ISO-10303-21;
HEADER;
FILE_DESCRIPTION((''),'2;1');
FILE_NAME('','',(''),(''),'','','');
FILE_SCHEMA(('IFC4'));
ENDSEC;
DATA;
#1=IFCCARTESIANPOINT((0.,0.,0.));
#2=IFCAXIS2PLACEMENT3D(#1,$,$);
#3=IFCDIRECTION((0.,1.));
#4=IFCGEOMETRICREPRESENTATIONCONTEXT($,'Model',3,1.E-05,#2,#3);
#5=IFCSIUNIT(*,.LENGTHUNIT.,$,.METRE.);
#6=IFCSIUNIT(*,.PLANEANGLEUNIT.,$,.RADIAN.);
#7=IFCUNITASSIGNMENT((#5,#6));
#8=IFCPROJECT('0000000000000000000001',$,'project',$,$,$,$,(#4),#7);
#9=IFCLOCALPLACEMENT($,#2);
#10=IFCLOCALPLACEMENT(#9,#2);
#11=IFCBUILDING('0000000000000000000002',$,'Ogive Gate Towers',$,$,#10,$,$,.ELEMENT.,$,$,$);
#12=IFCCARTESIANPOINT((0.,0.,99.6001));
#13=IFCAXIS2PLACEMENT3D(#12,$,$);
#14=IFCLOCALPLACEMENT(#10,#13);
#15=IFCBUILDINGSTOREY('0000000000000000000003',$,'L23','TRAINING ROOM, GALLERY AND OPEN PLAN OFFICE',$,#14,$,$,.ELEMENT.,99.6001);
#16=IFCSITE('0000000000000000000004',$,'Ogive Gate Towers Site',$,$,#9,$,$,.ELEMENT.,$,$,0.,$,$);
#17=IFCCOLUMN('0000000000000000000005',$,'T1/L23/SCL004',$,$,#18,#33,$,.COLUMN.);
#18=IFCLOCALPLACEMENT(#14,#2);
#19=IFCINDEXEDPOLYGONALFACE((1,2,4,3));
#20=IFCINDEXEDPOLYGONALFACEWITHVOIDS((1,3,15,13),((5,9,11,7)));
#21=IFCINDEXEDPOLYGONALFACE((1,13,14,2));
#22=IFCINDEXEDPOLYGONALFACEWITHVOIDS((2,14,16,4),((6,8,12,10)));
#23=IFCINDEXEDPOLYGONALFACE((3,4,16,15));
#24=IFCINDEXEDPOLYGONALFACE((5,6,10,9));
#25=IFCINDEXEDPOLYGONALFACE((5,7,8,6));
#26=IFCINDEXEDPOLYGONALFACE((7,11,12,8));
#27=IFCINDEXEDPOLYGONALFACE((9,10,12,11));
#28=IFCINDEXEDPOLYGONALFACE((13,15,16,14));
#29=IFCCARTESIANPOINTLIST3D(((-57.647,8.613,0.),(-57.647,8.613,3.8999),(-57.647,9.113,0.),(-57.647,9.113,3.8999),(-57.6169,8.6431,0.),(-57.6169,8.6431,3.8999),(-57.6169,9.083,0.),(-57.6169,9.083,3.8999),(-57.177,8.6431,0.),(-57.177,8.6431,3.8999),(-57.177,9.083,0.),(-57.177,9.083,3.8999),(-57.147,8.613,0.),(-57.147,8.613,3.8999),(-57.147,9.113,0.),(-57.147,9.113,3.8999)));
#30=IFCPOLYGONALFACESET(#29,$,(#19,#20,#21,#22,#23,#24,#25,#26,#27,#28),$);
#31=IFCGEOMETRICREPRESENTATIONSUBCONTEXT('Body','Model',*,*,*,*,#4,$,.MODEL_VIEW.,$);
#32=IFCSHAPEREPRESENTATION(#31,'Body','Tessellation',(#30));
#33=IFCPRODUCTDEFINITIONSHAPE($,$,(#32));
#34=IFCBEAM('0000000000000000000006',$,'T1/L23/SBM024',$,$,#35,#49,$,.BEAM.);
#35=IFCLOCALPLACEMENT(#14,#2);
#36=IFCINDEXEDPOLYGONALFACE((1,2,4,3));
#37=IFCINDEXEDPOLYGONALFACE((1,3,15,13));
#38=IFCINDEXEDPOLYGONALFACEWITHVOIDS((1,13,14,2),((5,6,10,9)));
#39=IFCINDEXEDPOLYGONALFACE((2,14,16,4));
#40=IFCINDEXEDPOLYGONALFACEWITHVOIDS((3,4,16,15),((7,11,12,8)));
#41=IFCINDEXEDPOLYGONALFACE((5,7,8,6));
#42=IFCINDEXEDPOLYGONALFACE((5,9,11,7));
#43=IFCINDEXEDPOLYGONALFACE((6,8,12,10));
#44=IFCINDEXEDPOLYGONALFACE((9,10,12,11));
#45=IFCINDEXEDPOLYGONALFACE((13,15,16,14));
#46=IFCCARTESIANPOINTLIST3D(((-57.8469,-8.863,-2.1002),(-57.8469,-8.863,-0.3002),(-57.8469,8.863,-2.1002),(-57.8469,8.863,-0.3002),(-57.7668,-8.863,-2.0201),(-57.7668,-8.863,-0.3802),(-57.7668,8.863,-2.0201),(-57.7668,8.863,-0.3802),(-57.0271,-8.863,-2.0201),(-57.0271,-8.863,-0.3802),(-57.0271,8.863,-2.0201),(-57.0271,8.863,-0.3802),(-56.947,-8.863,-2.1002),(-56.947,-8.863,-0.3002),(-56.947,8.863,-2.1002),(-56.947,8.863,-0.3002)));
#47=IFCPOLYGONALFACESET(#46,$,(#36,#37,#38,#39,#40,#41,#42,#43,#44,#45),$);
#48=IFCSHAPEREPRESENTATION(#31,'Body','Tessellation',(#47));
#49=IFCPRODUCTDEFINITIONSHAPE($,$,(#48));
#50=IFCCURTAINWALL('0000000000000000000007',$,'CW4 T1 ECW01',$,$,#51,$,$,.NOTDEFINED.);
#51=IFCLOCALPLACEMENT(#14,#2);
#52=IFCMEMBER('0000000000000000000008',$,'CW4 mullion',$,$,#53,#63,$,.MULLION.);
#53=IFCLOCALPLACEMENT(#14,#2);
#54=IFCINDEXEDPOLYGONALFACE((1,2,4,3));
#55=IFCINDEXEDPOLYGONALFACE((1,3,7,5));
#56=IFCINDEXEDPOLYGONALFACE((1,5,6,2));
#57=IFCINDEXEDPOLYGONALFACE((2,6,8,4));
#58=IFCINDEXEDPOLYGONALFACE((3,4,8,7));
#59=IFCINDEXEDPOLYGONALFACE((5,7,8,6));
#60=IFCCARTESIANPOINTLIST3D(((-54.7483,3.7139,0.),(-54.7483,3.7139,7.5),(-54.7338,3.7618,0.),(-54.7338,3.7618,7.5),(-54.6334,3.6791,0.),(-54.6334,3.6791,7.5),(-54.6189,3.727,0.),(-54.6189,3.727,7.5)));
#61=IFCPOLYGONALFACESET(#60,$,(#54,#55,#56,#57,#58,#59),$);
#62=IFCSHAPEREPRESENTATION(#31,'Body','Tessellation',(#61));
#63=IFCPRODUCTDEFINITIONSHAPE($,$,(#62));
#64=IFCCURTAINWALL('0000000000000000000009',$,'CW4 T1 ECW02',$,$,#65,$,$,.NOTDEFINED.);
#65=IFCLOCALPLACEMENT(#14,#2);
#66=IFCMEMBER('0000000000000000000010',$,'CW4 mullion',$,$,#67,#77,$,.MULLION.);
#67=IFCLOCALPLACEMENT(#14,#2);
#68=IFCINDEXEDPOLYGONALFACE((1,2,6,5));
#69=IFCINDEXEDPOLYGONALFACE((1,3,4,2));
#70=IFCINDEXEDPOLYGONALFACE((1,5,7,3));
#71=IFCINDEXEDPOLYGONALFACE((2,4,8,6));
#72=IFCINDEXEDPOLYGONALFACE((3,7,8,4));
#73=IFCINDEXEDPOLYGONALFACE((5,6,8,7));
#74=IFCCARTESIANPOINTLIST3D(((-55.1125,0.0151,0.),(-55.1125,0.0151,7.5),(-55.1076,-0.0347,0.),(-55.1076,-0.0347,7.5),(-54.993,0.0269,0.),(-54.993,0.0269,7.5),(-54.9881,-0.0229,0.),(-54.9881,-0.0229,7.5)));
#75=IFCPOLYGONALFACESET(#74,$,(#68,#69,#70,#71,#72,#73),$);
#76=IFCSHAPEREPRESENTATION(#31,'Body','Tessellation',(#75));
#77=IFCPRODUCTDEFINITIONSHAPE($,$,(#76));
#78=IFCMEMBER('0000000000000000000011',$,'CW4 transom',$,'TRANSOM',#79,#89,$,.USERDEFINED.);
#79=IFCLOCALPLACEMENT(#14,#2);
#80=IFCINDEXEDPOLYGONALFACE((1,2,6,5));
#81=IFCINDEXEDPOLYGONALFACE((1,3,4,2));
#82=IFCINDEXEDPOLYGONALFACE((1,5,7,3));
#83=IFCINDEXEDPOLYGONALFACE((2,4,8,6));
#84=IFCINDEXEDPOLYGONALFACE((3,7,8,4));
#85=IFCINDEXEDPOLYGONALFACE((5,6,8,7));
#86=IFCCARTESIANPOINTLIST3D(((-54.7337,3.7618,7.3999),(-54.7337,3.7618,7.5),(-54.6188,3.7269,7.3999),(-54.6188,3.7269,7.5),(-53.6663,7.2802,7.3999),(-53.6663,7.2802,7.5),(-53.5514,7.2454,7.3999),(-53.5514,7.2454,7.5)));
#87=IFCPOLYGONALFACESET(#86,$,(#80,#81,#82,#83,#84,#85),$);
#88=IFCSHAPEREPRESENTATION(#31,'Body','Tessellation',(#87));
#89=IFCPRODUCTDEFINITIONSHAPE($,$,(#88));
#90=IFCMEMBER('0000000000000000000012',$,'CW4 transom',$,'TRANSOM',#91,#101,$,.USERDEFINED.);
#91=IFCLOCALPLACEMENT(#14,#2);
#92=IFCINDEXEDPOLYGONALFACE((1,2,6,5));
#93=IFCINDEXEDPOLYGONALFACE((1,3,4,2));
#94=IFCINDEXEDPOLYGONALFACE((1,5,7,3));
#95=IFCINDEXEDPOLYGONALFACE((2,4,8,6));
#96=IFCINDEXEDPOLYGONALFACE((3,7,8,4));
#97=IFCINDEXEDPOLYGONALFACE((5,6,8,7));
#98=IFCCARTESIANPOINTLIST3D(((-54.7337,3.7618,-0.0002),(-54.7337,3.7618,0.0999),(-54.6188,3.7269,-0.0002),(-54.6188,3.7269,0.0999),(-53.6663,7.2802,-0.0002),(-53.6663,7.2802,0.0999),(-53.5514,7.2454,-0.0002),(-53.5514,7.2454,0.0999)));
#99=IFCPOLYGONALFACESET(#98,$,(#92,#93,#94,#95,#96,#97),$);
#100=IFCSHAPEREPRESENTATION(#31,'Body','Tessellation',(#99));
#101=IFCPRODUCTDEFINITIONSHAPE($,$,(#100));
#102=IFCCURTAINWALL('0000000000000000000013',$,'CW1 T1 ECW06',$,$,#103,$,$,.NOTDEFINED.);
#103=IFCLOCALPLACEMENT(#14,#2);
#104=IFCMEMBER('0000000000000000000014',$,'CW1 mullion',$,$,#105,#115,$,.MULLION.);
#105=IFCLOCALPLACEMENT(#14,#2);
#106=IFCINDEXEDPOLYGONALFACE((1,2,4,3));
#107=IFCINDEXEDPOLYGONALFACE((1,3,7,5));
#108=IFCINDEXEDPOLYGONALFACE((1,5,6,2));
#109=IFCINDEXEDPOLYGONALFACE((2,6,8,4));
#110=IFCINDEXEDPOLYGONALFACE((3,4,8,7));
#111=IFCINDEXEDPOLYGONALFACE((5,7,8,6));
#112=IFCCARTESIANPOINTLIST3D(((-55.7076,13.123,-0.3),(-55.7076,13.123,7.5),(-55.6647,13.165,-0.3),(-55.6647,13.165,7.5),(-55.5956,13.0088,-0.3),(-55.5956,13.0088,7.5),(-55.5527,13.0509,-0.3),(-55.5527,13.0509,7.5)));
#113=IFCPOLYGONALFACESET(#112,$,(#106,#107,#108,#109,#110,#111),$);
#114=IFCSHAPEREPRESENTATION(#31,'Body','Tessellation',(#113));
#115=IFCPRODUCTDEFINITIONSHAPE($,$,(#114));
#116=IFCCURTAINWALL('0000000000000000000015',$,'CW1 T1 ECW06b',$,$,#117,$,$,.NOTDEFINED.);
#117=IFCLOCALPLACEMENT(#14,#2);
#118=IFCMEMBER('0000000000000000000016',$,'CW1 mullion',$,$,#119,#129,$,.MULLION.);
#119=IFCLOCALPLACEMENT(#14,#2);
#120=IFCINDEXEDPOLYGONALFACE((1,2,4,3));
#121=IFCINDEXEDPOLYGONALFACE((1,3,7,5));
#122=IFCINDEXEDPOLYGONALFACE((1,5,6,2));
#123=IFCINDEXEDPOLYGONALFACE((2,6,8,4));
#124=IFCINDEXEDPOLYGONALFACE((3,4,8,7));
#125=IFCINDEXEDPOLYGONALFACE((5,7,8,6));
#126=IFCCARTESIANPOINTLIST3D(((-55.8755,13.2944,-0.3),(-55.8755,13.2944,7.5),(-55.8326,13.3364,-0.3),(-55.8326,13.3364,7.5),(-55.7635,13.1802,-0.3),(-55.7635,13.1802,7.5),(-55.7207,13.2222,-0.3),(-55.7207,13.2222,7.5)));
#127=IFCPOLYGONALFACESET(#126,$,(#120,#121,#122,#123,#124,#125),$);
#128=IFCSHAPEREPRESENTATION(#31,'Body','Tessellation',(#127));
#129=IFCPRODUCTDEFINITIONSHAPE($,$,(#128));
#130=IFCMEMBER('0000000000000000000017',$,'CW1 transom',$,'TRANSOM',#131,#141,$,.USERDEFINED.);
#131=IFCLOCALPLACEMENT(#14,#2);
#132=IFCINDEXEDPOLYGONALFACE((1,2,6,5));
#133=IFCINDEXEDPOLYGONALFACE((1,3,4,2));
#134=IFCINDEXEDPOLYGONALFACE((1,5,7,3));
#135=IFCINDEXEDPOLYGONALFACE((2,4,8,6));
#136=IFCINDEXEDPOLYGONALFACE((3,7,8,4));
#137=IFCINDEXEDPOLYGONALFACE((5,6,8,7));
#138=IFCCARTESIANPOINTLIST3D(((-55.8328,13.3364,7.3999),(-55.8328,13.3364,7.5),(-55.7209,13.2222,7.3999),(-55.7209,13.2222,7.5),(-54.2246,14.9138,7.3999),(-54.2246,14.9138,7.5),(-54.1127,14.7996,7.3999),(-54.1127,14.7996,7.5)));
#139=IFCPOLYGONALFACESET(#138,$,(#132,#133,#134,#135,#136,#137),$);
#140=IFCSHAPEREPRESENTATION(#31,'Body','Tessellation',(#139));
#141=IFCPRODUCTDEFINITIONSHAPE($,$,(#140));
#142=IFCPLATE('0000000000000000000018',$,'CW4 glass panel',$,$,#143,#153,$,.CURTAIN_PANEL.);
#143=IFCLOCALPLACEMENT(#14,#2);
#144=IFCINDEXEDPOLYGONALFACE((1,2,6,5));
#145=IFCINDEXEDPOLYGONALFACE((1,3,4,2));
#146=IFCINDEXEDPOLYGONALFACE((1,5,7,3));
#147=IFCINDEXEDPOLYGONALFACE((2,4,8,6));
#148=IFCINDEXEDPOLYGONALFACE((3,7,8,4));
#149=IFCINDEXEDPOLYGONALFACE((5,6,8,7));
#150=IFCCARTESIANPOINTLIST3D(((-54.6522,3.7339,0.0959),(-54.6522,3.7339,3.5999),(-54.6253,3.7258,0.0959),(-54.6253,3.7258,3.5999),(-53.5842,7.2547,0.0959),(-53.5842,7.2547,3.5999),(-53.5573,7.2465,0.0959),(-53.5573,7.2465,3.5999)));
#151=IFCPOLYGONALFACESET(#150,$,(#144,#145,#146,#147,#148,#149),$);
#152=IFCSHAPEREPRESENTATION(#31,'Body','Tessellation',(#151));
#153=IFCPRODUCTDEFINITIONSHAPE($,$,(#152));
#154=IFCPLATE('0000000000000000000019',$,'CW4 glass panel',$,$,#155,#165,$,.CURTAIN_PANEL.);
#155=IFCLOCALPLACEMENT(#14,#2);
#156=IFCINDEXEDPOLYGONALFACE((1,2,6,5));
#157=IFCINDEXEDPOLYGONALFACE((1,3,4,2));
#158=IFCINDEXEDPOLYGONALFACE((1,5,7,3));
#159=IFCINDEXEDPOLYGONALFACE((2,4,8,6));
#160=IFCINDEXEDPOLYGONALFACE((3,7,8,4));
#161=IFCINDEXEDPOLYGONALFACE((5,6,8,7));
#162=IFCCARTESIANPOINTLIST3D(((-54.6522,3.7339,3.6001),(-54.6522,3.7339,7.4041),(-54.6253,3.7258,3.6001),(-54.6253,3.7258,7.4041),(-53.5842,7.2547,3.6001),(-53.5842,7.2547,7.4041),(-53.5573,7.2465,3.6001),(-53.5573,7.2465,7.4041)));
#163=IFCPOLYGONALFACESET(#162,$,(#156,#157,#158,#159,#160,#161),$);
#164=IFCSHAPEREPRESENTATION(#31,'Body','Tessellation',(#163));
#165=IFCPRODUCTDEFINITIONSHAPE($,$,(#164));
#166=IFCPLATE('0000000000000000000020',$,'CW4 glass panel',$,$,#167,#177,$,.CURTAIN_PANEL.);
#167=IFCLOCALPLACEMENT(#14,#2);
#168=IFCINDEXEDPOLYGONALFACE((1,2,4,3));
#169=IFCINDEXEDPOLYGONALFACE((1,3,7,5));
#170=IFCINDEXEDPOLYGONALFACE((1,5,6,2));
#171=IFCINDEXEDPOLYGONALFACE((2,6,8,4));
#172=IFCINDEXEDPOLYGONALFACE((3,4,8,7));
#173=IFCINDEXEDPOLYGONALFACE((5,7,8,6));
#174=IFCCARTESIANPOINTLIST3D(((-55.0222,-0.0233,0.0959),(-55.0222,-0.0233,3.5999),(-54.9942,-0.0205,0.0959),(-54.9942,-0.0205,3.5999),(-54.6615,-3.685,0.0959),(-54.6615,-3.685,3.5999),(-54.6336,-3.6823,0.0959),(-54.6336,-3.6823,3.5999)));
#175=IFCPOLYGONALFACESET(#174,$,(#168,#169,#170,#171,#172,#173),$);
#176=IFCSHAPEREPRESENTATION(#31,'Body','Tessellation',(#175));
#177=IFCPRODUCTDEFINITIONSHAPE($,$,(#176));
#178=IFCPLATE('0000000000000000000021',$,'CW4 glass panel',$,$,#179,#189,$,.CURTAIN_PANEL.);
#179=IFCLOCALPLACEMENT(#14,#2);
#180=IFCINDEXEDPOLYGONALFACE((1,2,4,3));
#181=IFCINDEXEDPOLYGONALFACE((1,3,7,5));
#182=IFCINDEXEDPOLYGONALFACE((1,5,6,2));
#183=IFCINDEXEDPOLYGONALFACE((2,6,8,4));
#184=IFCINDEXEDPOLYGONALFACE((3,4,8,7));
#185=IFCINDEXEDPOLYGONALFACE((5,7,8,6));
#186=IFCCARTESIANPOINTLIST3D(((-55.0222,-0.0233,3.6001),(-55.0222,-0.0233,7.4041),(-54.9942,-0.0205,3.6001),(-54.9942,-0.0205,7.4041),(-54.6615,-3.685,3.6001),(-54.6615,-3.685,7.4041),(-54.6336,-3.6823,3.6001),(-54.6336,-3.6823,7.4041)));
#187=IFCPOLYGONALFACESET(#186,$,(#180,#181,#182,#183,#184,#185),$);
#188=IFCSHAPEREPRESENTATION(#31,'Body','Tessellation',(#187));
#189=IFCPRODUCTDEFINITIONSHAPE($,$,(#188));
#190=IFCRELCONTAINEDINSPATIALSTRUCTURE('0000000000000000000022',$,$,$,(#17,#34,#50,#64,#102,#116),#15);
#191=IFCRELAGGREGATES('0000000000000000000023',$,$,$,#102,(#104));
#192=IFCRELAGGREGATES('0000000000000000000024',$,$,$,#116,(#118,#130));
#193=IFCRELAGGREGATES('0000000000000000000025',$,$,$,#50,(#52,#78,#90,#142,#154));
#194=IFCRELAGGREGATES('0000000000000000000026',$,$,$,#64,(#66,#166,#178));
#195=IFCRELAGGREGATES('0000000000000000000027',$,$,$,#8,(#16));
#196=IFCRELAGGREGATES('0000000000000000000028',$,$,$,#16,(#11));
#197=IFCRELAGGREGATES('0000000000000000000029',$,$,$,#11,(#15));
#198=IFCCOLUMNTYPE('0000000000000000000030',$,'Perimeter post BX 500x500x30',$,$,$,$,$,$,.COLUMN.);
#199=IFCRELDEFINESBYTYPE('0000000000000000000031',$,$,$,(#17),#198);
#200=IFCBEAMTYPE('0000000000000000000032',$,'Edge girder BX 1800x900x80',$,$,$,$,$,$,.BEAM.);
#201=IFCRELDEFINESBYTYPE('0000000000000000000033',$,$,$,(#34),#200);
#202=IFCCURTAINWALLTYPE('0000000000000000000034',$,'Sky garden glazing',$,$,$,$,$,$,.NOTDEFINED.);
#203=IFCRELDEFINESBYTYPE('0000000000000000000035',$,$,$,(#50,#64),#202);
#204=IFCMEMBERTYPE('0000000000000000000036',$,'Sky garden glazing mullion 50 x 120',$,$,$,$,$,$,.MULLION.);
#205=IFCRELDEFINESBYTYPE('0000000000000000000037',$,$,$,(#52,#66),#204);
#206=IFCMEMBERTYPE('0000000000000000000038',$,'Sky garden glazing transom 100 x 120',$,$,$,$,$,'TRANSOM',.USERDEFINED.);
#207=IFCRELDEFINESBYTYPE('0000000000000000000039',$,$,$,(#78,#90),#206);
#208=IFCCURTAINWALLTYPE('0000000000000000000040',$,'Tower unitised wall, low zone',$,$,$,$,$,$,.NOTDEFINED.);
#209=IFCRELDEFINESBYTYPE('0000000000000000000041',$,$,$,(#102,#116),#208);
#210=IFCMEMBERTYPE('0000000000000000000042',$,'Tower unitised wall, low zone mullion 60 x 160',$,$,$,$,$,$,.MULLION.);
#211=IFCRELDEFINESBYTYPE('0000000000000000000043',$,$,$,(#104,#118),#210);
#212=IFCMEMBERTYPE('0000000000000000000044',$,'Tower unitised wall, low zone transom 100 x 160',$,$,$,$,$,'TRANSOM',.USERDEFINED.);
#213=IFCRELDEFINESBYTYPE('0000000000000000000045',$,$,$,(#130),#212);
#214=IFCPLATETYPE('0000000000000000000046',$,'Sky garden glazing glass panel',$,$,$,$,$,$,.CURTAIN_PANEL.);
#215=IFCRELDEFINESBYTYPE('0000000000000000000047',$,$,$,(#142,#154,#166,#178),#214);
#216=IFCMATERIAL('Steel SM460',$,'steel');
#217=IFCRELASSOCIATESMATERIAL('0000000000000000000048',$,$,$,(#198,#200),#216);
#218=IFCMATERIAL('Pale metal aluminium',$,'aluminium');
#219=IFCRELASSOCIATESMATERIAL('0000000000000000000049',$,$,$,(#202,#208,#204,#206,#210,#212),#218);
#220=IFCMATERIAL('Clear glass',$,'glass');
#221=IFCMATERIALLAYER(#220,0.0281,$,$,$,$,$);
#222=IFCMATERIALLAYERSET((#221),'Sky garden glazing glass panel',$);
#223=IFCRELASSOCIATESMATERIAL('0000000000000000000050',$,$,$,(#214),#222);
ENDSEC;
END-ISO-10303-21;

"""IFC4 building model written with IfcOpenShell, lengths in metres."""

from ifc_helpers import new_model, si_unit, direction, frame, origin, origin_2d, place, context, subcontext, project, spatial, rectangle, hollow_rectangle, extrude, material, layer, layer_set, material_profile, profile_set, type_object, element, aggregate, save


model = new_model("IFC4")

# Units and contexts
model_context = context("Model", 3, precision=1e-05, world=origin(), true_north=direction((0.0, 1.0)))
body_context = subcontext(model_context, "Body", "Model", "MODEL_VIEW")
ifc_project = project(units=[si_unit("LENGTHUNIT", "METRE"), si_unit("PLANEANGLEUNIT", "RADIAN")], contexts=[model_context])

# Site, building, storey
site_placement = place(None, origin())
site = spatial("IfcSite", under=ifc_project, at=site_placement, Name="Ogive Gate Towers Site", CompositionType="ELEMENT", RefElevation=0.0)
building_placement = place(site_placement, origin())
building = spatial("IfcBuilding", under=site, at=building_placement, Name="Ogive Gate Towers", CompositionType="ELEMENT")
storey_placement = place(building_placement, frame((0.0, 0.0, 99.6001)))
storey = spatial("IfcBuildingStorey", under=building, at=storey_placement, Name="L23", Description="TRAINING ROOM, GALLERY AND OPEN PLAN OFFICE", CompositionType="ELEMENT", Elevation=99.6001)

# Column
ifc_material_1 = material(Name="Steel SM460", Category="steel")
ifc_material_profile_1 = material_profile(ifc_material_1, hollow_rectangle(XDim=0.5, YDim=0.5, WallThickness=0.03, at=origin_2d()), Name="BX 500x500x30")
ifc_profile_set_1 = profile_set([ifc_material_profile_1], Name="Steel SM460")
column_type = type_object("IfcColumnType", Name="Perimeter post BX 500x500x30", PredefinedType="COLUMN", material=ifc_profile_set_1)
column_placement = place(storey_placement, frame((-57.397, 8.863, 0.0), z_axis=(0.0, 0.0, 1.0), x_axis=(1.0, 0.0, 0.0)))
element("IfcColumn", 1, at=column_placement, inside=storey, type_object=column_type, Name="T1/L23/SCL004", PredefinedType="COLUMN", context=body_context, shape_type="SweptSolid", body=[
    extrude(hollow_rectangle(XDim=0.5, YDim=0.5, WallThickness=0.03, at=origin_2d()), origin(), (0.0, 0.0, 1.0), 3.8999),
])

# Beam
ifc_material_profile_2 = material_profile(ifc_material_1, hollow_rectangle(XDim=0.8999, YDim=1.8, WallThickness=0.0801, at=origin_2d()), Name="BX 1800x900x80")
ifc_profile_set_2 = profile_set([ifc_material_profile_2], Name="Steel SM460")
beam_type = type_object("IfcBeamType", Name="Edge girder BX 1800x900x80", PredefinedType="BEAM", material=ifc_profile_set_2)
beam_placement = place(storey_placement, frame((-57.397, 8.863, -1.2002), z_axis=(0.0, -1.0, 0.0), x_axis=(1.0, 0.0, 0.0)))
element("IfcBeam", 2, at=beam_placement, inside=storey, type_object=beam_type, Name="T1/L23/SBM024", PredefinedType="BEAM", context=body_context, shape_type="SweptSolid", body=[
    extrude(hollow_rectangle(XDim=0.8999, YDim=1.8, WallThickness=0.0801, at=origin_2d()), origin(), (0.0, 0.0, 1.0), 17.7261),
])

# Curtain walls, members
ifc_material_2 = material(Name="Pale metal aluminium", Category="aluminium")
curtain_wall_type_1 = type_object("IfcCurtainWallType", Name="Sky garden glazing", PredefinedType="NOTDEFINED", material=ifc_material_2)
curtain_wall_1_placement = place(storey_placement, origin())
curtain_wall_1 = element("IfcCurtainWall", 3, at=curtain_wall_1_placement, inside=storey, type_object=curtain_wall_type_1, Name="CW4 T1 ECW01", PredefinedType="NOTDEFINED")
ifc_material_profile_3 = material_profile(ifc_material_2, rectangle(XDim=0.1201, YDim=0.05, at=origin_2d()), Name="50 x 120 aluminium box")
ifc_profile_set_3 = profile_set([ifc_material_profile_3], Name="Pale metal aluminium")
member_type_1 = type_object("IfcMemberType", Name="Sky garden glazing mullion 50 x 120", PredefinedType="MULLION", material=ifc_profile_set_3)
member_1_placement = place(storey_placement, frame((-54.6836, 3.7205, 0.0), z_axis=(0.0, 0.0, 1.0), x_axis=(0.95694, -0.290285, 0.0)))
member_1 = element("IfcMember", 4, at=member_1_placement, type_object=member_type_1, Name="CW4 mullion", PredefinedType="MULLION", context=body_context, shape_type="SweptSolid", body=[
    extrude(rectangle(XDim=0.1201, YDim=0.05, at=origin_2d()), origin(), (0.0, 0.0, 1.0), 7.5),
])
curtain_wall_2_placement = place(storey_placement, origin())
curtain_wall_2 = element("IfcCurtainWall", 5, at=curtain_wall_2_placement, inside=storey, type_object=curtain_wall_type_1, Name="CW4 T1 ECW02", PredefinedType="NOTDEFINED")
member_2_placement = place(storey_placement, frame((-55.0503, -0.0039, 0.0), z_axis=(0.0, 0.0, 1.0), x_axis=(0.995185, 0.098017, 0.0)))
member_2 = element("IfcMember", 6, at=member_2_placement, type_object=member_type_1, Name="CW4 mullion", PredefinedType="MULLION", context=body_context, shape_type="SweptSolid", body=[
    extrude(rectangle(XDim=0.1201, YDim=0.05, at=origin_2d()), origin(), (0.0, 0.0, 1.0), 7.5),
])

# Members
ifc_material_profile_4 = material_profile(ifc_material_2, rectangle(XDim=0.1201, YDim=0.1001, at=origin_2d()), Name="100 x 120 aluminium box")
ifc_profile_set_4 = profile_set([ifc_material_profile_4], Name="Pale metal aluminium")
member_type_2 = type_object("IfcMemberType", Name="Sky garden glazing transom 100 x 120", ElementType="TRANSOM", PredefinedType="USERDEFINED", material=ifc_profile_set_4)
member_3_placement = place(storey_placement, frame((-54.6763, 3.7444, 7.45), z_axis=(0.290313, 0.956932, 0.0), x_axis=(-0.956932, 0.290313, 0.0)))
member_3 = element("IfcMember", 7, at=member_3_placement, type_object=member_type_2, Name="CW4 transom", ObjectType="TRANSOM", PredefinedType="USERDEFINED", context=body_context, shape_type="SweptSolid", body=[
    extrude(rectangle(XDim=0.1201, YDim=0.1001, at=origin_2d()), origin(), (0.0, 0.0, 1.0), 3.6768),
])
member_4_placement = place(storey_placement, frame((-54.6763, 3.7444, 0.0498), z_axis=(0.290313, 0.956932, 0.0), x_axis=(-0.956932, 0.290313, 0.0)))
member_4 = element("IfcMember", 8, at=member_4_placement, type_object=member_type_2, Name="CW4 transom", ObjectType="TRANSOM", PredefinedType="USERDEFINED", context=body_context, shape_type="SweptSolid", body=[
    extrude(rectangle(XDim=0.1201, YDim=0.1001, at=origin_2d()), origin(), (0.0, 0.0, 1.0), 3.6768),
])

# Curtain wall, member
curtain_wall_type_2 = type_object("IfcCurtainWallType", Name="Tower unitised wall, low zone", PredefinedType="NOTDEFINED", material=ifc_material_2)
curtain_wall_3_placement = place(storey_placement, origin())
curtain_wall_3 = element("IfcCurtainWall", 9, at=curtain_wall_3_placement, inside=storey, type_object=curtain_wall_type_2, Name="CW1 T1 ECW06", PredefinedType="NOTDEFINED")
ifc_material_profile_5 = material_profile(ifc_material_2, rectangle(XDim=0.1599, YDim=0.0601, at=origin_2d()), Name="60 x 160 aluminium box")
ifc_profile_set_5 = profile_set([ifc_material_profile_5], Name="Pale metal aluminium")
member_type_3 = type_object("IfcMemberType", Name="Tower unitised wall, low zone mullion 60 x 160", PredefinedType="MULLION", material=ifc_profile_set_5)
member_5_placement = place(storey_placement, frame((-55.6301, 13.0869, -0.3), z_axis=(0.0, 0.0, 1.0), x_axis=(-0.700287, 0.713862, 0.0)))
member_5 = element("IfcMember", 10, at=member_5_placement, type_object=member_type_3, Name="CW1 mullion", PredefinedType="MULLION", context=body_context, shape_type="SweptSolid", body=[
    extrude(rectangle(XDim=0.1599, YDim=0.0601, at=origin_2d()), origin(), (0.0, 0.0, 1.0), 7.8),
])
aggregate(curtain_wall_3, [member_5])

# Curtain wall, members
curtain_wall_4_placement = place(storey_placement, origin())
curtain_wall_4 = element("IfcCurtainWall", 11, at=curtain_wall_4_placement, inside=storey, type_object=curtain_wall_type_2, Name="CW1 T1 ECW06b", PredefinedType="NOTDEFINED")
member_6_placement = place(storey_placement, frame((-55.7981, 13.2583, -0.3), z_axis=(0.0, 0.0, 1.0), x_axis=(0.700262, -0.713886, 0.0)))
member_6 = element("IfcMember", 12, at=member_6_placement, type_object=member_type_3, Name="CW1 mullion", PredefinedType="MULLION", context=body_context, shape_type="SweptSolid", body=[
    extrude(rectangle(XDim=0.1599, YDim=0.0601, at=origin_2d()), origin(), (0.0, 0.0, 1.0), 7.8),
])
ifc_material_profile_6 = material_profile(ifc_material_2, rectangle(XDim=0.1599, YDim=0.1001, at=origin_2d()), Name="100 x 160 aluminium box")
ifc_profile_set_6 = profile_set([ifc_material_profile_6], Name="Pale metal aluminium")
member_type_4 = type_object("IfcMemberType", Name="Tower unitised wall, low zone transom 100 x 160", ElementType="TRANSOM", PredefinedType="USERDEFINED", material=ifc_profile_set_6)
member_7_placement = place(storey_placement, frame((-55.7769, 13.2793, 7.45), z_axis=(0.713902, 0.700246, 0.0), x_axis=(-0.700246, 0.713902, 0.0)))
member_7 = element("IfcMember", 13, at=member_7_placement, type_object=member_type_4, Name="CW1 transom", ObjectType="TRANSOM", PredefinedType="USERDEFINED", context=body_context, shape_type="SweptSolid", body=[
    extrude(rectangle(XDim=0.1599, YDim=0.1001, at=origin_2d()), origin(), (0.0, 0.0, 1.0), 2.2527),
])
aggregate(curtain_wall_4, [member_6, member_7])

# Plates
ifc_material_3 = material(Name="Clear glass", Category="glass")
ifc_layer_1 = layer(ifc_material_3, 0.0281)
ifc_layer_set_1 = layer_set([ifc_layer_1], Name="Sky garden glazing glass panel")
plate_type = type_object("IfcPlateType", Name="Sky garden glazing glass panel", PredefinedType="CURTAIN_PANEL", material=ifc_layer_set_1)
plate_1_placement = place(storey_placement, frame((-54.1047, 5.4902, 0.0959), z_axis=(0.0, 0.0, 1.0), x_axis=(0.290285, 0.95694, 0.0)))
plate_1 = element("IfcPlate", 14, at=plate_1_placement, type_object=plate_type, Name="CW4 glass panel", PredefinedType="CURTAIN_PANEL", context=body_context, shape_type="SweptSolid", body=[
    extrude(rectangle(XDim=3.6792, YDim=0.0281, at=origin_2d()), origin(), (0.0, 0.0, 1.0), 3.5039),
])
plate_2_placement = place(storey_placement, frame((-54.1047, 5.4902, 3.6001), z_axis=(0.0, 0.0, 1.0), x_axis=(0.290285, 0.95694, 0.0)))
plate_2 = element("IfcPlate", 15, at=plate_2_placement, type_object=plate_type, Name="CW4 glass panel", PredefinedType="CURTAIN_PANEL", context=body_context, shape_type="SweptSolid", body=[
    extrude(rectangle(XDim=3.6792, YDim=0.0281, at=origin_2d()), origin(), (0.0, 0.0, 1.0), 3.804),
])
aggregate(curtain_wall_1, [member_1, member_3, member_4, plate_1, plate_2])
plate_3_placement = place(storey_placement, frame((-54.8279, -1.8528, 0.0959), z_axis=(0.0, 0.0, 1.0), x_axis=(-0.098017, 0.995185, 0.0)))
plate_3 = element("IfcPlate", 16, at=plate_3_placement, type_object=plate_type, Name="CW4 glass panel", PredefinedType="CURTAIN_PANEL", context=body_context, shape_type="SweptSolid", body=[
    extrude(rectangle(XDim=3.6794, YDim=0.0281, at=origin_2d()), origin(), (0.0, 0.0, 1.0), 3.5039),
])
plate_4_placement = place(storey_placement, frame((-54.8279, -1.8528, 3.6001), z_axis=(0.0, 0.0, 1.0), x_axis=(-0.098017, 0.995185, 0.0)))
plate_4 = element("IfcPlate", 17, at=plate_4_placement, type_object=plate_type, Name="CW4 glass panel", PredefinedType="CURTAIN_PANEL", context=body_context, shape_type="SweptSolid", body=[
    extrude(rectangle(XDim=3.6794, YDim=0.0281, at=origin_2d()), origin(), (0.0, 0.0, 1.0), 3.804),
])
aggregate(curtain_wall_2, [member_2, plate_3, plate_4])

save(model, "model.ifc")
